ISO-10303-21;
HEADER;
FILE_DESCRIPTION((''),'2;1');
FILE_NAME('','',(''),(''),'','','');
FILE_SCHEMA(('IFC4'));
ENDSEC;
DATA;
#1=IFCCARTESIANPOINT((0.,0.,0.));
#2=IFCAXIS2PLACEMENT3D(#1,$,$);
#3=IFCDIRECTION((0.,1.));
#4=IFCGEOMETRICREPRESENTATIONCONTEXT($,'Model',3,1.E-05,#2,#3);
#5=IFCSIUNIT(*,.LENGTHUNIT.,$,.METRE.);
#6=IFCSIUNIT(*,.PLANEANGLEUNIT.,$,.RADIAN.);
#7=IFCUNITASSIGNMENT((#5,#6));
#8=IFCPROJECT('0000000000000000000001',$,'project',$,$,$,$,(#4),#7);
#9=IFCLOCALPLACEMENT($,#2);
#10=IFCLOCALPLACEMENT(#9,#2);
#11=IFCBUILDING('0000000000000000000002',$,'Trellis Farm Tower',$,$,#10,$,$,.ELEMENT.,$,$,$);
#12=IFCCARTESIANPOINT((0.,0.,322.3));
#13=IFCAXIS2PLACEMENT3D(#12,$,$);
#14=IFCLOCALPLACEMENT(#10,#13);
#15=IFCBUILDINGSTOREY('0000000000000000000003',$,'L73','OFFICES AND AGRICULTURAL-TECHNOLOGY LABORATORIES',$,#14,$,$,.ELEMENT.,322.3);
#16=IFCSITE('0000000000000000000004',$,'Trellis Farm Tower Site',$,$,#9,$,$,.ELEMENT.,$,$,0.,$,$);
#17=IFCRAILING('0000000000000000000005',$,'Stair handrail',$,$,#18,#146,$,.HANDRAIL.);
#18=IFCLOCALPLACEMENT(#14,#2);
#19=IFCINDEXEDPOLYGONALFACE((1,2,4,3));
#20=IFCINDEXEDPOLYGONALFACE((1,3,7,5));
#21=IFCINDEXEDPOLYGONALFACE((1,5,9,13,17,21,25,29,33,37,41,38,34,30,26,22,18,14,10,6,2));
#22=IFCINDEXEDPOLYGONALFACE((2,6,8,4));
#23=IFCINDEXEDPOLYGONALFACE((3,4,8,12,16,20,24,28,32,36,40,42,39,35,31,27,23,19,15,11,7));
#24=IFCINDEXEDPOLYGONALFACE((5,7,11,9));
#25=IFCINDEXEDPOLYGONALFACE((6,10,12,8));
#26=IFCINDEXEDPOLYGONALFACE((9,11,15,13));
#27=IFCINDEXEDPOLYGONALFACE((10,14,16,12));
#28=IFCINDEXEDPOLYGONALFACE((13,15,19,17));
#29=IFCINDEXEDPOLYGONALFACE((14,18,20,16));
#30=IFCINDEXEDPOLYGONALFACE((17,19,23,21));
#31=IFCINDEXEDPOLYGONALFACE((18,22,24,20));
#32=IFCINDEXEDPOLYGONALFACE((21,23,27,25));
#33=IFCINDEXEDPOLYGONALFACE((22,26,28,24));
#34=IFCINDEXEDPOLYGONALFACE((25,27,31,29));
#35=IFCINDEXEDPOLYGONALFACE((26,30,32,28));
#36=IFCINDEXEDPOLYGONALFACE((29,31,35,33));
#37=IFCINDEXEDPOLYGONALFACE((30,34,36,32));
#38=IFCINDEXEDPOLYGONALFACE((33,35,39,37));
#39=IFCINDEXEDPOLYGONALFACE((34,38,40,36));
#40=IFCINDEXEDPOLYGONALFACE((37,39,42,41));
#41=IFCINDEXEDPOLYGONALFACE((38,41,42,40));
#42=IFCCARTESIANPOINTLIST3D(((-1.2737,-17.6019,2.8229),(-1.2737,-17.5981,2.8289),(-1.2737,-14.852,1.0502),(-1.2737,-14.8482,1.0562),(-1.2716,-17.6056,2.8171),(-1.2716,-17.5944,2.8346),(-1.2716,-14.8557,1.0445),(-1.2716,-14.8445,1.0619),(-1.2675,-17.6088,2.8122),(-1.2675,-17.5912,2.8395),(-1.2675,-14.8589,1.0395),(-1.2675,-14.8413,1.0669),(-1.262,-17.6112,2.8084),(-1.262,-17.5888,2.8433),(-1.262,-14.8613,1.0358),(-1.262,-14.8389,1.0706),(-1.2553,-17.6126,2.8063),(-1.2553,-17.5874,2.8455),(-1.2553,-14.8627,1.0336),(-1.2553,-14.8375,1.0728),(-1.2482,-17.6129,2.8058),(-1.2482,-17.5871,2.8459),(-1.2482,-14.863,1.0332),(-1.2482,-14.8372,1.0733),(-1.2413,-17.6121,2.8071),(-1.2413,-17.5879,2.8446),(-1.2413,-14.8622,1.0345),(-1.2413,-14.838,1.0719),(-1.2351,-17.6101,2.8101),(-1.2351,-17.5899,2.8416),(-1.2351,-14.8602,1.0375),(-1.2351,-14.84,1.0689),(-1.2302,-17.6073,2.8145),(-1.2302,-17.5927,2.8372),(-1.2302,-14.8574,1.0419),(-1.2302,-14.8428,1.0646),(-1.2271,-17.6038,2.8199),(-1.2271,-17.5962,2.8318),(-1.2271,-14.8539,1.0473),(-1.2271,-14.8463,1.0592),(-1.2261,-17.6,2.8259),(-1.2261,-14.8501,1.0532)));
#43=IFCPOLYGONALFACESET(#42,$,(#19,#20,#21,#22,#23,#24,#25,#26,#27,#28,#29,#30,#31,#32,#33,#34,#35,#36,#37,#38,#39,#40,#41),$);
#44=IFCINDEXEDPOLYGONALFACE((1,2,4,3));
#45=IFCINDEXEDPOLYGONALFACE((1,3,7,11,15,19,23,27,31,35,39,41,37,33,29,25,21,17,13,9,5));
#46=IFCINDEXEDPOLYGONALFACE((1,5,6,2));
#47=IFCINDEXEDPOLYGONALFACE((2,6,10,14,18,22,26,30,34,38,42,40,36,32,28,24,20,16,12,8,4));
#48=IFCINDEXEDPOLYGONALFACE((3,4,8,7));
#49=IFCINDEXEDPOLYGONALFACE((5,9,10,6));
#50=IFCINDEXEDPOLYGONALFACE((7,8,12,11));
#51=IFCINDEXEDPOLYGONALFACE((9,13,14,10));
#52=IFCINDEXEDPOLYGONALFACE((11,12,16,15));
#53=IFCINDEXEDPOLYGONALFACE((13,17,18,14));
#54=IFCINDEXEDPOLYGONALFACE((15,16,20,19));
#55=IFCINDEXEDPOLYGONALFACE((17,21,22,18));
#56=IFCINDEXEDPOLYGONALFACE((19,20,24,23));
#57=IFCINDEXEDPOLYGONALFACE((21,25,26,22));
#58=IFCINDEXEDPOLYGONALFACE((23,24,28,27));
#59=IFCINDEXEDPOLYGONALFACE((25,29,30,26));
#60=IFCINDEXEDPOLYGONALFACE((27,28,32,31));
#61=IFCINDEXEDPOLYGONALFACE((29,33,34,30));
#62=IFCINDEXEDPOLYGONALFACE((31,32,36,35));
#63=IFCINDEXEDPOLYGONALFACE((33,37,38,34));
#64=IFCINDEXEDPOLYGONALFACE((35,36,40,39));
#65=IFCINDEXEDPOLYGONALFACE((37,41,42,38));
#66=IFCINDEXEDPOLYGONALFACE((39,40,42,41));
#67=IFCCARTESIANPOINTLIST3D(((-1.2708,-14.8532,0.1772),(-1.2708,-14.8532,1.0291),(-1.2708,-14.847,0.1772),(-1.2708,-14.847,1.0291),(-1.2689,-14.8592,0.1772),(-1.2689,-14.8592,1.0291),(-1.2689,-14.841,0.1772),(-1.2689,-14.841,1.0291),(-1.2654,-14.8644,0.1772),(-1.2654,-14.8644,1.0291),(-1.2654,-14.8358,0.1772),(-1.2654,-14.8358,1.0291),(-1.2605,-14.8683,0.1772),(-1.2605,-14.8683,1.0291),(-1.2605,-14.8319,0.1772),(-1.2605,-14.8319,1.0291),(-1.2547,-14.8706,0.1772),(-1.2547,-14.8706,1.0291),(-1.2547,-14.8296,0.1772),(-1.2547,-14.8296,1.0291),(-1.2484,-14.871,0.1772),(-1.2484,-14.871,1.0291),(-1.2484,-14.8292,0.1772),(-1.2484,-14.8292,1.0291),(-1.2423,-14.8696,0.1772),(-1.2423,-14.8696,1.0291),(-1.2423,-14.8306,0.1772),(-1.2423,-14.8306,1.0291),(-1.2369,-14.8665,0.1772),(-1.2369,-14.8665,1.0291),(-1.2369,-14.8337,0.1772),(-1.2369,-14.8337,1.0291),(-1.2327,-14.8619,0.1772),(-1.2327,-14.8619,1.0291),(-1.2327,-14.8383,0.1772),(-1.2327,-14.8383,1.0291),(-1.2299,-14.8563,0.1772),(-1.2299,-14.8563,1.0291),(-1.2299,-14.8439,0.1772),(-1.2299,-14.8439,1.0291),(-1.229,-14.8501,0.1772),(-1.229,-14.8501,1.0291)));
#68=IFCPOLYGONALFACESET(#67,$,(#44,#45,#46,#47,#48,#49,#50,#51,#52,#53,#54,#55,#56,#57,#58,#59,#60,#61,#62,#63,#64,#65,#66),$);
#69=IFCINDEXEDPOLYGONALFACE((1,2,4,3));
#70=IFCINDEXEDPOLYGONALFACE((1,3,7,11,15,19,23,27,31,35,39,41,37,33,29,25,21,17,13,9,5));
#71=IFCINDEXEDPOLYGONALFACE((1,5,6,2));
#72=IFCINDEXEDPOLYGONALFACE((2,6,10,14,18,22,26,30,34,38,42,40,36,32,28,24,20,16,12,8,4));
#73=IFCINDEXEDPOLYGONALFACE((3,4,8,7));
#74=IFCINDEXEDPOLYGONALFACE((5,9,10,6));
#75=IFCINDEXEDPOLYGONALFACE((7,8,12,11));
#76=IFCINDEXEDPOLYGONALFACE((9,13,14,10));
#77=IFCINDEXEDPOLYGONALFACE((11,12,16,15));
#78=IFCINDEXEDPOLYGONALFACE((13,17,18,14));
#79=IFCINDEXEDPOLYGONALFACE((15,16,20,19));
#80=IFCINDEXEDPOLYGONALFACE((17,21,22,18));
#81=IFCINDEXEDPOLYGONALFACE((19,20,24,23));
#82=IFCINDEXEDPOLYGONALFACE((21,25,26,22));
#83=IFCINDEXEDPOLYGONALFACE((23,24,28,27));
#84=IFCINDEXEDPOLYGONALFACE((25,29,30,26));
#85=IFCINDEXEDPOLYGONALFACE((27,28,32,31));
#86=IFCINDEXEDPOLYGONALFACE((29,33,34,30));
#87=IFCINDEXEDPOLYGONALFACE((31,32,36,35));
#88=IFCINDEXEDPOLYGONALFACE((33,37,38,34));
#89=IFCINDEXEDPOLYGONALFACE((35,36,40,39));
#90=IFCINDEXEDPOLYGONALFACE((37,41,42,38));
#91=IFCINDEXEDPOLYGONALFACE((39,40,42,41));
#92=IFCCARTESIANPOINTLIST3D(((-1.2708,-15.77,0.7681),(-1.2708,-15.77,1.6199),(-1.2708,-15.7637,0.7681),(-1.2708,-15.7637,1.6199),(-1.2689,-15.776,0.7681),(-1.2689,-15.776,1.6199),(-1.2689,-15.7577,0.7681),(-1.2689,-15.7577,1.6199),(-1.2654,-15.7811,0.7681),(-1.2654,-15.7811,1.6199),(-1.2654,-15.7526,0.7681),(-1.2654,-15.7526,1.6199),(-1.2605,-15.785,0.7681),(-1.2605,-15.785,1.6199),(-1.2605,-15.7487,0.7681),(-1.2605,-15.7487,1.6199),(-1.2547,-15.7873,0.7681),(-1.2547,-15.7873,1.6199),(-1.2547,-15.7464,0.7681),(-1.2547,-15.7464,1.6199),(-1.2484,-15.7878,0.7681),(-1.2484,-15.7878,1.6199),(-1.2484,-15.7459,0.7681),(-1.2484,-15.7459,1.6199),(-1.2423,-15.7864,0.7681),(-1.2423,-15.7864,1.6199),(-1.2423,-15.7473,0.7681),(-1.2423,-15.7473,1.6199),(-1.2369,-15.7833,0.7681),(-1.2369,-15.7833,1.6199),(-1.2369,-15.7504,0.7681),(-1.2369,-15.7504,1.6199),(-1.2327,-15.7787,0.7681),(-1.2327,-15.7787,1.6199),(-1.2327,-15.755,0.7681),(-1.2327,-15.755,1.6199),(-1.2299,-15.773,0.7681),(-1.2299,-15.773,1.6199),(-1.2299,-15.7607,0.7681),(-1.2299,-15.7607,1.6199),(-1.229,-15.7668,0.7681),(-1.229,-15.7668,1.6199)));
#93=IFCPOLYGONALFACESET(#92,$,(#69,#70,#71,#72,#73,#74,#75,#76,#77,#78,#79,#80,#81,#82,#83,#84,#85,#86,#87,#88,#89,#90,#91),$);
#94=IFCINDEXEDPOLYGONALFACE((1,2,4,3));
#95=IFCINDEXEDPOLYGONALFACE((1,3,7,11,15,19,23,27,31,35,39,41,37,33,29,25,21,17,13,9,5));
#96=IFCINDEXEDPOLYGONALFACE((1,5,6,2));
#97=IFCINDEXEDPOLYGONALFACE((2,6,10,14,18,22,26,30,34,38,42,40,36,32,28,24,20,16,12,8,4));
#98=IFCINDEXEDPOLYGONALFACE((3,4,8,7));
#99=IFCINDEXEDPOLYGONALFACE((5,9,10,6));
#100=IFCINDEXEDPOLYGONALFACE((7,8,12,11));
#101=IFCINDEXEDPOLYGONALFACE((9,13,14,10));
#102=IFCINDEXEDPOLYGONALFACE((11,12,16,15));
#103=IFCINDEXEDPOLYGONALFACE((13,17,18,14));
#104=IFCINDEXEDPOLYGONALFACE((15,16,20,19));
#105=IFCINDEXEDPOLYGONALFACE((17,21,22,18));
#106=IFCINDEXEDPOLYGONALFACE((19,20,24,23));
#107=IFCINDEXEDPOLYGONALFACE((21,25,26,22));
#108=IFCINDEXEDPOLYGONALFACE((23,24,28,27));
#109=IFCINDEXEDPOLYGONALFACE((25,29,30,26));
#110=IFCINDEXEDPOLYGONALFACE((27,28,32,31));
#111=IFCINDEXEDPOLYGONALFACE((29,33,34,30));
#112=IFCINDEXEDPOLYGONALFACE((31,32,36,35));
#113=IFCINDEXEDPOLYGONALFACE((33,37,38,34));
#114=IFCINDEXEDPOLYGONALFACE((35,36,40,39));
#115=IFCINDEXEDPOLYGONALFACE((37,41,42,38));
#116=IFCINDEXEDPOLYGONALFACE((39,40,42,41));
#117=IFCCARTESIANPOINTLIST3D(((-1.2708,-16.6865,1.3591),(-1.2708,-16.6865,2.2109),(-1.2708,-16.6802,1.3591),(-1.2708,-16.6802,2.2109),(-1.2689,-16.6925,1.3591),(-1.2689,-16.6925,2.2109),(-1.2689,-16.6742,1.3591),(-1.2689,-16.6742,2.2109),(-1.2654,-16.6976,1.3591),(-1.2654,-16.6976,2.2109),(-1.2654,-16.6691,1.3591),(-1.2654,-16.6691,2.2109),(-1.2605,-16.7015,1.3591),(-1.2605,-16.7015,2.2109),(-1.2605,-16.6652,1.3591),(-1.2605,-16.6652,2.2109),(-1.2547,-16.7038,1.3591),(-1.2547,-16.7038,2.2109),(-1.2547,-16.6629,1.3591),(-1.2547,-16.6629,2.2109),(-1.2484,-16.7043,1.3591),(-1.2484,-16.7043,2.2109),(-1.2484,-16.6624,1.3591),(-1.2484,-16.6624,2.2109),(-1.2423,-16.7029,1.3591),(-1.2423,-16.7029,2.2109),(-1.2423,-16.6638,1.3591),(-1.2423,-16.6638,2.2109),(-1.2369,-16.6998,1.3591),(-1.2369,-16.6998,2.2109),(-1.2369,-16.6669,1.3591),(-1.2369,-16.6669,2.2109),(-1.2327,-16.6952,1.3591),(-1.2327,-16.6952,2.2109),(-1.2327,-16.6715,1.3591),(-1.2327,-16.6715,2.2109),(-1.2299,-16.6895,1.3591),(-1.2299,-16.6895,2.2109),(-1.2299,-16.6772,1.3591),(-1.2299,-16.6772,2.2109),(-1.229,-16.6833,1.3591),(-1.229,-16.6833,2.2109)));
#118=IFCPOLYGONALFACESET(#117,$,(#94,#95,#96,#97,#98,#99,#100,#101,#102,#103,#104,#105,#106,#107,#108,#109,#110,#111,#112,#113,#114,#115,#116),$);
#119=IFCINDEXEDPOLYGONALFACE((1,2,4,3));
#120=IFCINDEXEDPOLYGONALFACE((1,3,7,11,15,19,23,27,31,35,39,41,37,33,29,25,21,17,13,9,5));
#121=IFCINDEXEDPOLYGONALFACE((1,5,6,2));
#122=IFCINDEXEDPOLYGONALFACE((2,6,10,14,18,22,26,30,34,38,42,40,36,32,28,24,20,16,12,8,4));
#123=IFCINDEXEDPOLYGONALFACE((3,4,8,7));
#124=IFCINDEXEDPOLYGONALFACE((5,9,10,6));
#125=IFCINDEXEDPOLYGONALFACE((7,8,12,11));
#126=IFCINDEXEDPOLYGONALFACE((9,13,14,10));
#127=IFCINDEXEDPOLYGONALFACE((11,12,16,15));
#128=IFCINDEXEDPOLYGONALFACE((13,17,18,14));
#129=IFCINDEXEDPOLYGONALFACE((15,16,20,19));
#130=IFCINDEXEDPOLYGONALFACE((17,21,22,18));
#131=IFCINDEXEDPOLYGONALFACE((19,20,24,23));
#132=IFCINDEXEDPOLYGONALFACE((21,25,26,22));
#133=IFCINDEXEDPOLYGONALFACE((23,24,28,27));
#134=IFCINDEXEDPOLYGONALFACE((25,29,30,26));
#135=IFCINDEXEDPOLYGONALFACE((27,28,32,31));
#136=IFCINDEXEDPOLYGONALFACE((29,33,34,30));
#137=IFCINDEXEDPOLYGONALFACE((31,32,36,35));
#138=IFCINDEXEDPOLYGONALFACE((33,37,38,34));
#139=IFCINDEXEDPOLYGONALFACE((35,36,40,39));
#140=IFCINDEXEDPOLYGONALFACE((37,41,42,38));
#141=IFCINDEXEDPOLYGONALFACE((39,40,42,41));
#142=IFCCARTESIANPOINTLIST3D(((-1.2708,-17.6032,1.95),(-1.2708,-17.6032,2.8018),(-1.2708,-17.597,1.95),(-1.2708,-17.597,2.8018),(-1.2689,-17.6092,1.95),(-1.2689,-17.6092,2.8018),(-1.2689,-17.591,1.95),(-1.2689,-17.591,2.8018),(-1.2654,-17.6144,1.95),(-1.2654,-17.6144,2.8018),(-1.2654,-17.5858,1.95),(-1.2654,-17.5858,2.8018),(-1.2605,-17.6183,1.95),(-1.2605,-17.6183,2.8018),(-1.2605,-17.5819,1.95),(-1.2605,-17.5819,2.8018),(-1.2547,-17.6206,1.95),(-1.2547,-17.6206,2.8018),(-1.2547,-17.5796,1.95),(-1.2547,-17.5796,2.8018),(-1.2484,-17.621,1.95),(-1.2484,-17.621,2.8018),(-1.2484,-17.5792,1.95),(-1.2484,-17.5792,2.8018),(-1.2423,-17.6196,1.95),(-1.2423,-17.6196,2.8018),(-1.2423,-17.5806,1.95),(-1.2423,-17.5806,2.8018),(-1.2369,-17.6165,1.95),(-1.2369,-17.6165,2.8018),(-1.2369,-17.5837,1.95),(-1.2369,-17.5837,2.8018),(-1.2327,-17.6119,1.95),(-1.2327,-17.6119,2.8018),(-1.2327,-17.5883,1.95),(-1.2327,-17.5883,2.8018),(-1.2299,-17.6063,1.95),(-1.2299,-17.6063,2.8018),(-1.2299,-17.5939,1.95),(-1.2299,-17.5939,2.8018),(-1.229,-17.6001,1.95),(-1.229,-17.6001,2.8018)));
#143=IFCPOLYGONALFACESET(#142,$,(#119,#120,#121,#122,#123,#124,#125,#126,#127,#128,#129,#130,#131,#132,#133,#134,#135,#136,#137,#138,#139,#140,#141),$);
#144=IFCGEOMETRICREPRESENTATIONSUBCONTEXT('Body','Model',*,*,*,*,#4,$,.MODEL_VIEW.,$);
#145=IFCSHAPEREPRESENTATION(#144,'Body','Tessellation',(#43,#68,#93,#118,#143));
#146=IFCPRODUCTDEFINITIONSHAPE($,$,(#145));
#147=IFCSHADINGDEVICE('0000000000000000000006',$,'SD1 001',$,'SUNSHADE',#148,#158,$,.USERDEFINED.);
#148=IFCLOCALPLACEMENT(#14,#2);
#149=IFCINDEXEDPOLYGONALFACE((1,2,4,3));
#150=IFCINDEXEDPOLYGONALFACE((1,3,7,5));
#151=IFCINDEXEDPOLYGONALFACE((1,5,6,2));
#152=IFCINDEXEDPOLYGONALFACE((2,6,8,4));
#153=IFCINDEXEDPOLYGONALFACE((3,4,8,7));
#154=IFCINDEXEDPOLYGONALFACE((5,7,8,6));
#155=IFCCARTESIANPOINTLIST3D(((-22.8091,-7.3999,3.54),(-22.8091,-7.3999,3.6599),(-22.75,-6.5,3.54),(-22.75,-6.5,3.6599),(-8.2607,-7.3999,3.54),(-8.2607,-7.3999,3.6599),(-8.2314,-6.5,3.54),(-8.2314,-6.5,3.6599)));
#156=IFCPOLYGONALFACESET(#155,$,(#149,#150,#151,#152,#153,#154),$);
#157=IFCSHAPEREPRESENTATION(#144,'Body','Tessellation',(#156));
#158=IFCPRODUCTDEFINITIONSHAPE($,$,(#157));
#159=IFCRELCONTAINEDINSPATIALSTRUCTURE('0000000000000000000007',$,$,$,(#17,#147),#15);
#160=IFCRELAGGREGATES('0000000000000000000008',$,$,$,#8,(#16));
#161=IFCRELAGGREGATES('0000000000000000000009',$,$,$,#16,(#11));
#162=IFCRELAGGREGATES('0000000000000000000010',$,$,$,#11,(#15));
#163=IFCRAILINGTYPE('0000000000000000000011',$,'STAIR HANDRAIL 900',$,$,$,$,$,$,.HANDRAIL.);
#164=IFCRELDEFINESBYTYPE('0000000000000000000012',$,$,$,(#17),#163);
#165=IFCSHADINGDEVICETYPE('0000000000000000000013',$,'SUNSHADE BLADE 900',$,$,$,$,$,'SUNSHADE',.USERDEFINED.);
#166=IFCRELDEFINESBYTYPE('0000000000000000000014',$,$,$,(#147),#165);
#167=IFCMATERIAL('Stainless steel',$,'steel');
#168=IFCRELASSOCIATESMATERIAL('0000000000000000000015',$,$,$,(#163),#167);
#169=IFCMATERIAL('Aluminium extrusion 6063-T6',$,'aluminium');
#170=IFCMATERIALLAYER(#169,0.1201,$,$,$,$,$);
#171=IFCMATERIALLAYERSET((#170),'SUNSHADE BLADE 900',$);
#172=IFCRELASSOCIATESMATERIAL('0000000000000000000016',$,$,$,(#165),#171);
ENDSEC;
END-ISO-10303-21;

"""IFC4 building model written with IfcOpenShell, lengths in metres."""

from ifc_helpers import new_model, si_unit, direction, frame, origin, origin_2d, place, context, subcontext, project, spatial, polyline, circle, outline, extrude, source, transform, mapped, material, layer, layer_set, type_object, element, save


model = new_model("IFC4")

# Units and contexts
model_context = context("Model", 3, precision=1e-05, world=origin(), true_north=direction((0.0, 1.0)))
body_context = subcontext(model_context, "Body", "Model", "MODEL_VIEW")
ifc_project = project(units=[si_unit("LENGTHUNIT", "METRE"), si_unit("PLANEANGLEUNIT", "RADIAN")], contexts=[model_context])

# Site, building, storey
site_placement = place(None, origin())
site = spatial("IfcSite", under=ifc_project, at=site_placement, Name="Trellis Farm Tower Site", CompositionType="ELEMENT", RefElevation=0.0)
building_placement = place(site_placement, origin())
building = spatial("IfcBuilding", under=site, at=building_placement, Name="Trellis Farm Tower", CompositionType="ELEMENT")
storey_placement = place(building_placement, frame((0.0, 0.0, 322.3)))
storey = spatial("IfcBuildingStorey", under=building, at=storey_placement, Name="L73", Description="OFFICES AND AGRICULTURAL-TECHNOLOGY LABORATORIES", CompositionType="ELEMENT", Elevation=322.3)

# Shared definitions
ifc_material_1 = material(Name="Aluminium extrusion 6063-T6", Category="aluminium")

# Railing
ifc_material_2 = material(Name="Stainless steel", Category="steel")
railing_type = type_object("IfcRailingType", Name="STAIR HANDRAIL 900", PredefinedType="HANDRAIL", material=ifc_material_2)
shared_shape_1 = source(origin(), body_context, "Body", "SweptSolid", [
    extrude(circle(Radius=0.0239, at=origin_2d()), frame((0.0, 0.0, 0.876), z_axis=(0.0, -0.840504, 0.541806), x_axis=(1.0, 0.0, 0.0)), (0.0, 0.0, 1.0), 3.2717),
    extrude(circle(Radius=0.021, at=origin_2d()), origin(), (0.0, 0.0, 1.0), 0.8518),
    extrude(circle(Radius=0.021, at=origin_2d()), frame((0.0, -0.9167, 0.5908)), (0.0, 0.0, 1.0), 0.8518),
    extrude(circle(Radius=0.021, at=origin_2d()), frame((0.0, -1.8333, 1.1819)), (0.0, 0.0, 1.0), 0.8518),
    extrude(circle(Radius=0.021, at=origin_2d()), frame((0.0, -2.75, 1.7727)), (0.0, 0.0, 1.0), 0.8518),
])
railing_placement = place(storey_placement, frame((-1.25, -14.8501, 0.1772)))
element("IfcRailing", 1, at=railing_placement, inside=storey, type_object=railing_type, Name="Stair handrail", PredefinedType="HANDRAIL", context=body_context, shape_type="MappedRepresentation", body=[
    mapped(shared_shape_1, transform((0.0, 0.0, 0.0))),
])

# Shading device
ifc_layer_1 = layer(ifc_material_1, 0.1201)
ifc_layer_set_1 = layer_set([ifc_layer_1], Name="SUNSHADE BLADE 900")
shading_device_type = type_object("IfcShadingDeviceType", Name="SUNSHADE BLADE 900", ElementType="SUNSHADE", PredefinedType="USERDEFINED", material=ifc_layer_set_1)
shared_shape_2 = source(origin(), body_context, "Body", "SweptSolid", [
    extrude(outline(polyline([(-22.8091, -7.3999), (-8.2607, -7.3999), (-8.2314, -6.5), (-22.75, -6.5), (-22.8091, -7.3999)])), origin(), (0.0, 0.0, 1.0), 0.1199),
])
shading_device_placement = place(storey_placement, frame((0.0, 0.0, 3.54)))
element("IfcShadingDevice", 2, at=shading_device_placement, inside=storey, type_object=shading_device_type, Name="SD1 001", ObjectType="SUNSHADE", PredefinedType="USERDEFINED", context=body_context, shape_type="MappedRepresentation", body=[
    mapped(shared_shape_2, transform((0.0, 0.0, 0.0))),
])

save(model, "model.ifc")
